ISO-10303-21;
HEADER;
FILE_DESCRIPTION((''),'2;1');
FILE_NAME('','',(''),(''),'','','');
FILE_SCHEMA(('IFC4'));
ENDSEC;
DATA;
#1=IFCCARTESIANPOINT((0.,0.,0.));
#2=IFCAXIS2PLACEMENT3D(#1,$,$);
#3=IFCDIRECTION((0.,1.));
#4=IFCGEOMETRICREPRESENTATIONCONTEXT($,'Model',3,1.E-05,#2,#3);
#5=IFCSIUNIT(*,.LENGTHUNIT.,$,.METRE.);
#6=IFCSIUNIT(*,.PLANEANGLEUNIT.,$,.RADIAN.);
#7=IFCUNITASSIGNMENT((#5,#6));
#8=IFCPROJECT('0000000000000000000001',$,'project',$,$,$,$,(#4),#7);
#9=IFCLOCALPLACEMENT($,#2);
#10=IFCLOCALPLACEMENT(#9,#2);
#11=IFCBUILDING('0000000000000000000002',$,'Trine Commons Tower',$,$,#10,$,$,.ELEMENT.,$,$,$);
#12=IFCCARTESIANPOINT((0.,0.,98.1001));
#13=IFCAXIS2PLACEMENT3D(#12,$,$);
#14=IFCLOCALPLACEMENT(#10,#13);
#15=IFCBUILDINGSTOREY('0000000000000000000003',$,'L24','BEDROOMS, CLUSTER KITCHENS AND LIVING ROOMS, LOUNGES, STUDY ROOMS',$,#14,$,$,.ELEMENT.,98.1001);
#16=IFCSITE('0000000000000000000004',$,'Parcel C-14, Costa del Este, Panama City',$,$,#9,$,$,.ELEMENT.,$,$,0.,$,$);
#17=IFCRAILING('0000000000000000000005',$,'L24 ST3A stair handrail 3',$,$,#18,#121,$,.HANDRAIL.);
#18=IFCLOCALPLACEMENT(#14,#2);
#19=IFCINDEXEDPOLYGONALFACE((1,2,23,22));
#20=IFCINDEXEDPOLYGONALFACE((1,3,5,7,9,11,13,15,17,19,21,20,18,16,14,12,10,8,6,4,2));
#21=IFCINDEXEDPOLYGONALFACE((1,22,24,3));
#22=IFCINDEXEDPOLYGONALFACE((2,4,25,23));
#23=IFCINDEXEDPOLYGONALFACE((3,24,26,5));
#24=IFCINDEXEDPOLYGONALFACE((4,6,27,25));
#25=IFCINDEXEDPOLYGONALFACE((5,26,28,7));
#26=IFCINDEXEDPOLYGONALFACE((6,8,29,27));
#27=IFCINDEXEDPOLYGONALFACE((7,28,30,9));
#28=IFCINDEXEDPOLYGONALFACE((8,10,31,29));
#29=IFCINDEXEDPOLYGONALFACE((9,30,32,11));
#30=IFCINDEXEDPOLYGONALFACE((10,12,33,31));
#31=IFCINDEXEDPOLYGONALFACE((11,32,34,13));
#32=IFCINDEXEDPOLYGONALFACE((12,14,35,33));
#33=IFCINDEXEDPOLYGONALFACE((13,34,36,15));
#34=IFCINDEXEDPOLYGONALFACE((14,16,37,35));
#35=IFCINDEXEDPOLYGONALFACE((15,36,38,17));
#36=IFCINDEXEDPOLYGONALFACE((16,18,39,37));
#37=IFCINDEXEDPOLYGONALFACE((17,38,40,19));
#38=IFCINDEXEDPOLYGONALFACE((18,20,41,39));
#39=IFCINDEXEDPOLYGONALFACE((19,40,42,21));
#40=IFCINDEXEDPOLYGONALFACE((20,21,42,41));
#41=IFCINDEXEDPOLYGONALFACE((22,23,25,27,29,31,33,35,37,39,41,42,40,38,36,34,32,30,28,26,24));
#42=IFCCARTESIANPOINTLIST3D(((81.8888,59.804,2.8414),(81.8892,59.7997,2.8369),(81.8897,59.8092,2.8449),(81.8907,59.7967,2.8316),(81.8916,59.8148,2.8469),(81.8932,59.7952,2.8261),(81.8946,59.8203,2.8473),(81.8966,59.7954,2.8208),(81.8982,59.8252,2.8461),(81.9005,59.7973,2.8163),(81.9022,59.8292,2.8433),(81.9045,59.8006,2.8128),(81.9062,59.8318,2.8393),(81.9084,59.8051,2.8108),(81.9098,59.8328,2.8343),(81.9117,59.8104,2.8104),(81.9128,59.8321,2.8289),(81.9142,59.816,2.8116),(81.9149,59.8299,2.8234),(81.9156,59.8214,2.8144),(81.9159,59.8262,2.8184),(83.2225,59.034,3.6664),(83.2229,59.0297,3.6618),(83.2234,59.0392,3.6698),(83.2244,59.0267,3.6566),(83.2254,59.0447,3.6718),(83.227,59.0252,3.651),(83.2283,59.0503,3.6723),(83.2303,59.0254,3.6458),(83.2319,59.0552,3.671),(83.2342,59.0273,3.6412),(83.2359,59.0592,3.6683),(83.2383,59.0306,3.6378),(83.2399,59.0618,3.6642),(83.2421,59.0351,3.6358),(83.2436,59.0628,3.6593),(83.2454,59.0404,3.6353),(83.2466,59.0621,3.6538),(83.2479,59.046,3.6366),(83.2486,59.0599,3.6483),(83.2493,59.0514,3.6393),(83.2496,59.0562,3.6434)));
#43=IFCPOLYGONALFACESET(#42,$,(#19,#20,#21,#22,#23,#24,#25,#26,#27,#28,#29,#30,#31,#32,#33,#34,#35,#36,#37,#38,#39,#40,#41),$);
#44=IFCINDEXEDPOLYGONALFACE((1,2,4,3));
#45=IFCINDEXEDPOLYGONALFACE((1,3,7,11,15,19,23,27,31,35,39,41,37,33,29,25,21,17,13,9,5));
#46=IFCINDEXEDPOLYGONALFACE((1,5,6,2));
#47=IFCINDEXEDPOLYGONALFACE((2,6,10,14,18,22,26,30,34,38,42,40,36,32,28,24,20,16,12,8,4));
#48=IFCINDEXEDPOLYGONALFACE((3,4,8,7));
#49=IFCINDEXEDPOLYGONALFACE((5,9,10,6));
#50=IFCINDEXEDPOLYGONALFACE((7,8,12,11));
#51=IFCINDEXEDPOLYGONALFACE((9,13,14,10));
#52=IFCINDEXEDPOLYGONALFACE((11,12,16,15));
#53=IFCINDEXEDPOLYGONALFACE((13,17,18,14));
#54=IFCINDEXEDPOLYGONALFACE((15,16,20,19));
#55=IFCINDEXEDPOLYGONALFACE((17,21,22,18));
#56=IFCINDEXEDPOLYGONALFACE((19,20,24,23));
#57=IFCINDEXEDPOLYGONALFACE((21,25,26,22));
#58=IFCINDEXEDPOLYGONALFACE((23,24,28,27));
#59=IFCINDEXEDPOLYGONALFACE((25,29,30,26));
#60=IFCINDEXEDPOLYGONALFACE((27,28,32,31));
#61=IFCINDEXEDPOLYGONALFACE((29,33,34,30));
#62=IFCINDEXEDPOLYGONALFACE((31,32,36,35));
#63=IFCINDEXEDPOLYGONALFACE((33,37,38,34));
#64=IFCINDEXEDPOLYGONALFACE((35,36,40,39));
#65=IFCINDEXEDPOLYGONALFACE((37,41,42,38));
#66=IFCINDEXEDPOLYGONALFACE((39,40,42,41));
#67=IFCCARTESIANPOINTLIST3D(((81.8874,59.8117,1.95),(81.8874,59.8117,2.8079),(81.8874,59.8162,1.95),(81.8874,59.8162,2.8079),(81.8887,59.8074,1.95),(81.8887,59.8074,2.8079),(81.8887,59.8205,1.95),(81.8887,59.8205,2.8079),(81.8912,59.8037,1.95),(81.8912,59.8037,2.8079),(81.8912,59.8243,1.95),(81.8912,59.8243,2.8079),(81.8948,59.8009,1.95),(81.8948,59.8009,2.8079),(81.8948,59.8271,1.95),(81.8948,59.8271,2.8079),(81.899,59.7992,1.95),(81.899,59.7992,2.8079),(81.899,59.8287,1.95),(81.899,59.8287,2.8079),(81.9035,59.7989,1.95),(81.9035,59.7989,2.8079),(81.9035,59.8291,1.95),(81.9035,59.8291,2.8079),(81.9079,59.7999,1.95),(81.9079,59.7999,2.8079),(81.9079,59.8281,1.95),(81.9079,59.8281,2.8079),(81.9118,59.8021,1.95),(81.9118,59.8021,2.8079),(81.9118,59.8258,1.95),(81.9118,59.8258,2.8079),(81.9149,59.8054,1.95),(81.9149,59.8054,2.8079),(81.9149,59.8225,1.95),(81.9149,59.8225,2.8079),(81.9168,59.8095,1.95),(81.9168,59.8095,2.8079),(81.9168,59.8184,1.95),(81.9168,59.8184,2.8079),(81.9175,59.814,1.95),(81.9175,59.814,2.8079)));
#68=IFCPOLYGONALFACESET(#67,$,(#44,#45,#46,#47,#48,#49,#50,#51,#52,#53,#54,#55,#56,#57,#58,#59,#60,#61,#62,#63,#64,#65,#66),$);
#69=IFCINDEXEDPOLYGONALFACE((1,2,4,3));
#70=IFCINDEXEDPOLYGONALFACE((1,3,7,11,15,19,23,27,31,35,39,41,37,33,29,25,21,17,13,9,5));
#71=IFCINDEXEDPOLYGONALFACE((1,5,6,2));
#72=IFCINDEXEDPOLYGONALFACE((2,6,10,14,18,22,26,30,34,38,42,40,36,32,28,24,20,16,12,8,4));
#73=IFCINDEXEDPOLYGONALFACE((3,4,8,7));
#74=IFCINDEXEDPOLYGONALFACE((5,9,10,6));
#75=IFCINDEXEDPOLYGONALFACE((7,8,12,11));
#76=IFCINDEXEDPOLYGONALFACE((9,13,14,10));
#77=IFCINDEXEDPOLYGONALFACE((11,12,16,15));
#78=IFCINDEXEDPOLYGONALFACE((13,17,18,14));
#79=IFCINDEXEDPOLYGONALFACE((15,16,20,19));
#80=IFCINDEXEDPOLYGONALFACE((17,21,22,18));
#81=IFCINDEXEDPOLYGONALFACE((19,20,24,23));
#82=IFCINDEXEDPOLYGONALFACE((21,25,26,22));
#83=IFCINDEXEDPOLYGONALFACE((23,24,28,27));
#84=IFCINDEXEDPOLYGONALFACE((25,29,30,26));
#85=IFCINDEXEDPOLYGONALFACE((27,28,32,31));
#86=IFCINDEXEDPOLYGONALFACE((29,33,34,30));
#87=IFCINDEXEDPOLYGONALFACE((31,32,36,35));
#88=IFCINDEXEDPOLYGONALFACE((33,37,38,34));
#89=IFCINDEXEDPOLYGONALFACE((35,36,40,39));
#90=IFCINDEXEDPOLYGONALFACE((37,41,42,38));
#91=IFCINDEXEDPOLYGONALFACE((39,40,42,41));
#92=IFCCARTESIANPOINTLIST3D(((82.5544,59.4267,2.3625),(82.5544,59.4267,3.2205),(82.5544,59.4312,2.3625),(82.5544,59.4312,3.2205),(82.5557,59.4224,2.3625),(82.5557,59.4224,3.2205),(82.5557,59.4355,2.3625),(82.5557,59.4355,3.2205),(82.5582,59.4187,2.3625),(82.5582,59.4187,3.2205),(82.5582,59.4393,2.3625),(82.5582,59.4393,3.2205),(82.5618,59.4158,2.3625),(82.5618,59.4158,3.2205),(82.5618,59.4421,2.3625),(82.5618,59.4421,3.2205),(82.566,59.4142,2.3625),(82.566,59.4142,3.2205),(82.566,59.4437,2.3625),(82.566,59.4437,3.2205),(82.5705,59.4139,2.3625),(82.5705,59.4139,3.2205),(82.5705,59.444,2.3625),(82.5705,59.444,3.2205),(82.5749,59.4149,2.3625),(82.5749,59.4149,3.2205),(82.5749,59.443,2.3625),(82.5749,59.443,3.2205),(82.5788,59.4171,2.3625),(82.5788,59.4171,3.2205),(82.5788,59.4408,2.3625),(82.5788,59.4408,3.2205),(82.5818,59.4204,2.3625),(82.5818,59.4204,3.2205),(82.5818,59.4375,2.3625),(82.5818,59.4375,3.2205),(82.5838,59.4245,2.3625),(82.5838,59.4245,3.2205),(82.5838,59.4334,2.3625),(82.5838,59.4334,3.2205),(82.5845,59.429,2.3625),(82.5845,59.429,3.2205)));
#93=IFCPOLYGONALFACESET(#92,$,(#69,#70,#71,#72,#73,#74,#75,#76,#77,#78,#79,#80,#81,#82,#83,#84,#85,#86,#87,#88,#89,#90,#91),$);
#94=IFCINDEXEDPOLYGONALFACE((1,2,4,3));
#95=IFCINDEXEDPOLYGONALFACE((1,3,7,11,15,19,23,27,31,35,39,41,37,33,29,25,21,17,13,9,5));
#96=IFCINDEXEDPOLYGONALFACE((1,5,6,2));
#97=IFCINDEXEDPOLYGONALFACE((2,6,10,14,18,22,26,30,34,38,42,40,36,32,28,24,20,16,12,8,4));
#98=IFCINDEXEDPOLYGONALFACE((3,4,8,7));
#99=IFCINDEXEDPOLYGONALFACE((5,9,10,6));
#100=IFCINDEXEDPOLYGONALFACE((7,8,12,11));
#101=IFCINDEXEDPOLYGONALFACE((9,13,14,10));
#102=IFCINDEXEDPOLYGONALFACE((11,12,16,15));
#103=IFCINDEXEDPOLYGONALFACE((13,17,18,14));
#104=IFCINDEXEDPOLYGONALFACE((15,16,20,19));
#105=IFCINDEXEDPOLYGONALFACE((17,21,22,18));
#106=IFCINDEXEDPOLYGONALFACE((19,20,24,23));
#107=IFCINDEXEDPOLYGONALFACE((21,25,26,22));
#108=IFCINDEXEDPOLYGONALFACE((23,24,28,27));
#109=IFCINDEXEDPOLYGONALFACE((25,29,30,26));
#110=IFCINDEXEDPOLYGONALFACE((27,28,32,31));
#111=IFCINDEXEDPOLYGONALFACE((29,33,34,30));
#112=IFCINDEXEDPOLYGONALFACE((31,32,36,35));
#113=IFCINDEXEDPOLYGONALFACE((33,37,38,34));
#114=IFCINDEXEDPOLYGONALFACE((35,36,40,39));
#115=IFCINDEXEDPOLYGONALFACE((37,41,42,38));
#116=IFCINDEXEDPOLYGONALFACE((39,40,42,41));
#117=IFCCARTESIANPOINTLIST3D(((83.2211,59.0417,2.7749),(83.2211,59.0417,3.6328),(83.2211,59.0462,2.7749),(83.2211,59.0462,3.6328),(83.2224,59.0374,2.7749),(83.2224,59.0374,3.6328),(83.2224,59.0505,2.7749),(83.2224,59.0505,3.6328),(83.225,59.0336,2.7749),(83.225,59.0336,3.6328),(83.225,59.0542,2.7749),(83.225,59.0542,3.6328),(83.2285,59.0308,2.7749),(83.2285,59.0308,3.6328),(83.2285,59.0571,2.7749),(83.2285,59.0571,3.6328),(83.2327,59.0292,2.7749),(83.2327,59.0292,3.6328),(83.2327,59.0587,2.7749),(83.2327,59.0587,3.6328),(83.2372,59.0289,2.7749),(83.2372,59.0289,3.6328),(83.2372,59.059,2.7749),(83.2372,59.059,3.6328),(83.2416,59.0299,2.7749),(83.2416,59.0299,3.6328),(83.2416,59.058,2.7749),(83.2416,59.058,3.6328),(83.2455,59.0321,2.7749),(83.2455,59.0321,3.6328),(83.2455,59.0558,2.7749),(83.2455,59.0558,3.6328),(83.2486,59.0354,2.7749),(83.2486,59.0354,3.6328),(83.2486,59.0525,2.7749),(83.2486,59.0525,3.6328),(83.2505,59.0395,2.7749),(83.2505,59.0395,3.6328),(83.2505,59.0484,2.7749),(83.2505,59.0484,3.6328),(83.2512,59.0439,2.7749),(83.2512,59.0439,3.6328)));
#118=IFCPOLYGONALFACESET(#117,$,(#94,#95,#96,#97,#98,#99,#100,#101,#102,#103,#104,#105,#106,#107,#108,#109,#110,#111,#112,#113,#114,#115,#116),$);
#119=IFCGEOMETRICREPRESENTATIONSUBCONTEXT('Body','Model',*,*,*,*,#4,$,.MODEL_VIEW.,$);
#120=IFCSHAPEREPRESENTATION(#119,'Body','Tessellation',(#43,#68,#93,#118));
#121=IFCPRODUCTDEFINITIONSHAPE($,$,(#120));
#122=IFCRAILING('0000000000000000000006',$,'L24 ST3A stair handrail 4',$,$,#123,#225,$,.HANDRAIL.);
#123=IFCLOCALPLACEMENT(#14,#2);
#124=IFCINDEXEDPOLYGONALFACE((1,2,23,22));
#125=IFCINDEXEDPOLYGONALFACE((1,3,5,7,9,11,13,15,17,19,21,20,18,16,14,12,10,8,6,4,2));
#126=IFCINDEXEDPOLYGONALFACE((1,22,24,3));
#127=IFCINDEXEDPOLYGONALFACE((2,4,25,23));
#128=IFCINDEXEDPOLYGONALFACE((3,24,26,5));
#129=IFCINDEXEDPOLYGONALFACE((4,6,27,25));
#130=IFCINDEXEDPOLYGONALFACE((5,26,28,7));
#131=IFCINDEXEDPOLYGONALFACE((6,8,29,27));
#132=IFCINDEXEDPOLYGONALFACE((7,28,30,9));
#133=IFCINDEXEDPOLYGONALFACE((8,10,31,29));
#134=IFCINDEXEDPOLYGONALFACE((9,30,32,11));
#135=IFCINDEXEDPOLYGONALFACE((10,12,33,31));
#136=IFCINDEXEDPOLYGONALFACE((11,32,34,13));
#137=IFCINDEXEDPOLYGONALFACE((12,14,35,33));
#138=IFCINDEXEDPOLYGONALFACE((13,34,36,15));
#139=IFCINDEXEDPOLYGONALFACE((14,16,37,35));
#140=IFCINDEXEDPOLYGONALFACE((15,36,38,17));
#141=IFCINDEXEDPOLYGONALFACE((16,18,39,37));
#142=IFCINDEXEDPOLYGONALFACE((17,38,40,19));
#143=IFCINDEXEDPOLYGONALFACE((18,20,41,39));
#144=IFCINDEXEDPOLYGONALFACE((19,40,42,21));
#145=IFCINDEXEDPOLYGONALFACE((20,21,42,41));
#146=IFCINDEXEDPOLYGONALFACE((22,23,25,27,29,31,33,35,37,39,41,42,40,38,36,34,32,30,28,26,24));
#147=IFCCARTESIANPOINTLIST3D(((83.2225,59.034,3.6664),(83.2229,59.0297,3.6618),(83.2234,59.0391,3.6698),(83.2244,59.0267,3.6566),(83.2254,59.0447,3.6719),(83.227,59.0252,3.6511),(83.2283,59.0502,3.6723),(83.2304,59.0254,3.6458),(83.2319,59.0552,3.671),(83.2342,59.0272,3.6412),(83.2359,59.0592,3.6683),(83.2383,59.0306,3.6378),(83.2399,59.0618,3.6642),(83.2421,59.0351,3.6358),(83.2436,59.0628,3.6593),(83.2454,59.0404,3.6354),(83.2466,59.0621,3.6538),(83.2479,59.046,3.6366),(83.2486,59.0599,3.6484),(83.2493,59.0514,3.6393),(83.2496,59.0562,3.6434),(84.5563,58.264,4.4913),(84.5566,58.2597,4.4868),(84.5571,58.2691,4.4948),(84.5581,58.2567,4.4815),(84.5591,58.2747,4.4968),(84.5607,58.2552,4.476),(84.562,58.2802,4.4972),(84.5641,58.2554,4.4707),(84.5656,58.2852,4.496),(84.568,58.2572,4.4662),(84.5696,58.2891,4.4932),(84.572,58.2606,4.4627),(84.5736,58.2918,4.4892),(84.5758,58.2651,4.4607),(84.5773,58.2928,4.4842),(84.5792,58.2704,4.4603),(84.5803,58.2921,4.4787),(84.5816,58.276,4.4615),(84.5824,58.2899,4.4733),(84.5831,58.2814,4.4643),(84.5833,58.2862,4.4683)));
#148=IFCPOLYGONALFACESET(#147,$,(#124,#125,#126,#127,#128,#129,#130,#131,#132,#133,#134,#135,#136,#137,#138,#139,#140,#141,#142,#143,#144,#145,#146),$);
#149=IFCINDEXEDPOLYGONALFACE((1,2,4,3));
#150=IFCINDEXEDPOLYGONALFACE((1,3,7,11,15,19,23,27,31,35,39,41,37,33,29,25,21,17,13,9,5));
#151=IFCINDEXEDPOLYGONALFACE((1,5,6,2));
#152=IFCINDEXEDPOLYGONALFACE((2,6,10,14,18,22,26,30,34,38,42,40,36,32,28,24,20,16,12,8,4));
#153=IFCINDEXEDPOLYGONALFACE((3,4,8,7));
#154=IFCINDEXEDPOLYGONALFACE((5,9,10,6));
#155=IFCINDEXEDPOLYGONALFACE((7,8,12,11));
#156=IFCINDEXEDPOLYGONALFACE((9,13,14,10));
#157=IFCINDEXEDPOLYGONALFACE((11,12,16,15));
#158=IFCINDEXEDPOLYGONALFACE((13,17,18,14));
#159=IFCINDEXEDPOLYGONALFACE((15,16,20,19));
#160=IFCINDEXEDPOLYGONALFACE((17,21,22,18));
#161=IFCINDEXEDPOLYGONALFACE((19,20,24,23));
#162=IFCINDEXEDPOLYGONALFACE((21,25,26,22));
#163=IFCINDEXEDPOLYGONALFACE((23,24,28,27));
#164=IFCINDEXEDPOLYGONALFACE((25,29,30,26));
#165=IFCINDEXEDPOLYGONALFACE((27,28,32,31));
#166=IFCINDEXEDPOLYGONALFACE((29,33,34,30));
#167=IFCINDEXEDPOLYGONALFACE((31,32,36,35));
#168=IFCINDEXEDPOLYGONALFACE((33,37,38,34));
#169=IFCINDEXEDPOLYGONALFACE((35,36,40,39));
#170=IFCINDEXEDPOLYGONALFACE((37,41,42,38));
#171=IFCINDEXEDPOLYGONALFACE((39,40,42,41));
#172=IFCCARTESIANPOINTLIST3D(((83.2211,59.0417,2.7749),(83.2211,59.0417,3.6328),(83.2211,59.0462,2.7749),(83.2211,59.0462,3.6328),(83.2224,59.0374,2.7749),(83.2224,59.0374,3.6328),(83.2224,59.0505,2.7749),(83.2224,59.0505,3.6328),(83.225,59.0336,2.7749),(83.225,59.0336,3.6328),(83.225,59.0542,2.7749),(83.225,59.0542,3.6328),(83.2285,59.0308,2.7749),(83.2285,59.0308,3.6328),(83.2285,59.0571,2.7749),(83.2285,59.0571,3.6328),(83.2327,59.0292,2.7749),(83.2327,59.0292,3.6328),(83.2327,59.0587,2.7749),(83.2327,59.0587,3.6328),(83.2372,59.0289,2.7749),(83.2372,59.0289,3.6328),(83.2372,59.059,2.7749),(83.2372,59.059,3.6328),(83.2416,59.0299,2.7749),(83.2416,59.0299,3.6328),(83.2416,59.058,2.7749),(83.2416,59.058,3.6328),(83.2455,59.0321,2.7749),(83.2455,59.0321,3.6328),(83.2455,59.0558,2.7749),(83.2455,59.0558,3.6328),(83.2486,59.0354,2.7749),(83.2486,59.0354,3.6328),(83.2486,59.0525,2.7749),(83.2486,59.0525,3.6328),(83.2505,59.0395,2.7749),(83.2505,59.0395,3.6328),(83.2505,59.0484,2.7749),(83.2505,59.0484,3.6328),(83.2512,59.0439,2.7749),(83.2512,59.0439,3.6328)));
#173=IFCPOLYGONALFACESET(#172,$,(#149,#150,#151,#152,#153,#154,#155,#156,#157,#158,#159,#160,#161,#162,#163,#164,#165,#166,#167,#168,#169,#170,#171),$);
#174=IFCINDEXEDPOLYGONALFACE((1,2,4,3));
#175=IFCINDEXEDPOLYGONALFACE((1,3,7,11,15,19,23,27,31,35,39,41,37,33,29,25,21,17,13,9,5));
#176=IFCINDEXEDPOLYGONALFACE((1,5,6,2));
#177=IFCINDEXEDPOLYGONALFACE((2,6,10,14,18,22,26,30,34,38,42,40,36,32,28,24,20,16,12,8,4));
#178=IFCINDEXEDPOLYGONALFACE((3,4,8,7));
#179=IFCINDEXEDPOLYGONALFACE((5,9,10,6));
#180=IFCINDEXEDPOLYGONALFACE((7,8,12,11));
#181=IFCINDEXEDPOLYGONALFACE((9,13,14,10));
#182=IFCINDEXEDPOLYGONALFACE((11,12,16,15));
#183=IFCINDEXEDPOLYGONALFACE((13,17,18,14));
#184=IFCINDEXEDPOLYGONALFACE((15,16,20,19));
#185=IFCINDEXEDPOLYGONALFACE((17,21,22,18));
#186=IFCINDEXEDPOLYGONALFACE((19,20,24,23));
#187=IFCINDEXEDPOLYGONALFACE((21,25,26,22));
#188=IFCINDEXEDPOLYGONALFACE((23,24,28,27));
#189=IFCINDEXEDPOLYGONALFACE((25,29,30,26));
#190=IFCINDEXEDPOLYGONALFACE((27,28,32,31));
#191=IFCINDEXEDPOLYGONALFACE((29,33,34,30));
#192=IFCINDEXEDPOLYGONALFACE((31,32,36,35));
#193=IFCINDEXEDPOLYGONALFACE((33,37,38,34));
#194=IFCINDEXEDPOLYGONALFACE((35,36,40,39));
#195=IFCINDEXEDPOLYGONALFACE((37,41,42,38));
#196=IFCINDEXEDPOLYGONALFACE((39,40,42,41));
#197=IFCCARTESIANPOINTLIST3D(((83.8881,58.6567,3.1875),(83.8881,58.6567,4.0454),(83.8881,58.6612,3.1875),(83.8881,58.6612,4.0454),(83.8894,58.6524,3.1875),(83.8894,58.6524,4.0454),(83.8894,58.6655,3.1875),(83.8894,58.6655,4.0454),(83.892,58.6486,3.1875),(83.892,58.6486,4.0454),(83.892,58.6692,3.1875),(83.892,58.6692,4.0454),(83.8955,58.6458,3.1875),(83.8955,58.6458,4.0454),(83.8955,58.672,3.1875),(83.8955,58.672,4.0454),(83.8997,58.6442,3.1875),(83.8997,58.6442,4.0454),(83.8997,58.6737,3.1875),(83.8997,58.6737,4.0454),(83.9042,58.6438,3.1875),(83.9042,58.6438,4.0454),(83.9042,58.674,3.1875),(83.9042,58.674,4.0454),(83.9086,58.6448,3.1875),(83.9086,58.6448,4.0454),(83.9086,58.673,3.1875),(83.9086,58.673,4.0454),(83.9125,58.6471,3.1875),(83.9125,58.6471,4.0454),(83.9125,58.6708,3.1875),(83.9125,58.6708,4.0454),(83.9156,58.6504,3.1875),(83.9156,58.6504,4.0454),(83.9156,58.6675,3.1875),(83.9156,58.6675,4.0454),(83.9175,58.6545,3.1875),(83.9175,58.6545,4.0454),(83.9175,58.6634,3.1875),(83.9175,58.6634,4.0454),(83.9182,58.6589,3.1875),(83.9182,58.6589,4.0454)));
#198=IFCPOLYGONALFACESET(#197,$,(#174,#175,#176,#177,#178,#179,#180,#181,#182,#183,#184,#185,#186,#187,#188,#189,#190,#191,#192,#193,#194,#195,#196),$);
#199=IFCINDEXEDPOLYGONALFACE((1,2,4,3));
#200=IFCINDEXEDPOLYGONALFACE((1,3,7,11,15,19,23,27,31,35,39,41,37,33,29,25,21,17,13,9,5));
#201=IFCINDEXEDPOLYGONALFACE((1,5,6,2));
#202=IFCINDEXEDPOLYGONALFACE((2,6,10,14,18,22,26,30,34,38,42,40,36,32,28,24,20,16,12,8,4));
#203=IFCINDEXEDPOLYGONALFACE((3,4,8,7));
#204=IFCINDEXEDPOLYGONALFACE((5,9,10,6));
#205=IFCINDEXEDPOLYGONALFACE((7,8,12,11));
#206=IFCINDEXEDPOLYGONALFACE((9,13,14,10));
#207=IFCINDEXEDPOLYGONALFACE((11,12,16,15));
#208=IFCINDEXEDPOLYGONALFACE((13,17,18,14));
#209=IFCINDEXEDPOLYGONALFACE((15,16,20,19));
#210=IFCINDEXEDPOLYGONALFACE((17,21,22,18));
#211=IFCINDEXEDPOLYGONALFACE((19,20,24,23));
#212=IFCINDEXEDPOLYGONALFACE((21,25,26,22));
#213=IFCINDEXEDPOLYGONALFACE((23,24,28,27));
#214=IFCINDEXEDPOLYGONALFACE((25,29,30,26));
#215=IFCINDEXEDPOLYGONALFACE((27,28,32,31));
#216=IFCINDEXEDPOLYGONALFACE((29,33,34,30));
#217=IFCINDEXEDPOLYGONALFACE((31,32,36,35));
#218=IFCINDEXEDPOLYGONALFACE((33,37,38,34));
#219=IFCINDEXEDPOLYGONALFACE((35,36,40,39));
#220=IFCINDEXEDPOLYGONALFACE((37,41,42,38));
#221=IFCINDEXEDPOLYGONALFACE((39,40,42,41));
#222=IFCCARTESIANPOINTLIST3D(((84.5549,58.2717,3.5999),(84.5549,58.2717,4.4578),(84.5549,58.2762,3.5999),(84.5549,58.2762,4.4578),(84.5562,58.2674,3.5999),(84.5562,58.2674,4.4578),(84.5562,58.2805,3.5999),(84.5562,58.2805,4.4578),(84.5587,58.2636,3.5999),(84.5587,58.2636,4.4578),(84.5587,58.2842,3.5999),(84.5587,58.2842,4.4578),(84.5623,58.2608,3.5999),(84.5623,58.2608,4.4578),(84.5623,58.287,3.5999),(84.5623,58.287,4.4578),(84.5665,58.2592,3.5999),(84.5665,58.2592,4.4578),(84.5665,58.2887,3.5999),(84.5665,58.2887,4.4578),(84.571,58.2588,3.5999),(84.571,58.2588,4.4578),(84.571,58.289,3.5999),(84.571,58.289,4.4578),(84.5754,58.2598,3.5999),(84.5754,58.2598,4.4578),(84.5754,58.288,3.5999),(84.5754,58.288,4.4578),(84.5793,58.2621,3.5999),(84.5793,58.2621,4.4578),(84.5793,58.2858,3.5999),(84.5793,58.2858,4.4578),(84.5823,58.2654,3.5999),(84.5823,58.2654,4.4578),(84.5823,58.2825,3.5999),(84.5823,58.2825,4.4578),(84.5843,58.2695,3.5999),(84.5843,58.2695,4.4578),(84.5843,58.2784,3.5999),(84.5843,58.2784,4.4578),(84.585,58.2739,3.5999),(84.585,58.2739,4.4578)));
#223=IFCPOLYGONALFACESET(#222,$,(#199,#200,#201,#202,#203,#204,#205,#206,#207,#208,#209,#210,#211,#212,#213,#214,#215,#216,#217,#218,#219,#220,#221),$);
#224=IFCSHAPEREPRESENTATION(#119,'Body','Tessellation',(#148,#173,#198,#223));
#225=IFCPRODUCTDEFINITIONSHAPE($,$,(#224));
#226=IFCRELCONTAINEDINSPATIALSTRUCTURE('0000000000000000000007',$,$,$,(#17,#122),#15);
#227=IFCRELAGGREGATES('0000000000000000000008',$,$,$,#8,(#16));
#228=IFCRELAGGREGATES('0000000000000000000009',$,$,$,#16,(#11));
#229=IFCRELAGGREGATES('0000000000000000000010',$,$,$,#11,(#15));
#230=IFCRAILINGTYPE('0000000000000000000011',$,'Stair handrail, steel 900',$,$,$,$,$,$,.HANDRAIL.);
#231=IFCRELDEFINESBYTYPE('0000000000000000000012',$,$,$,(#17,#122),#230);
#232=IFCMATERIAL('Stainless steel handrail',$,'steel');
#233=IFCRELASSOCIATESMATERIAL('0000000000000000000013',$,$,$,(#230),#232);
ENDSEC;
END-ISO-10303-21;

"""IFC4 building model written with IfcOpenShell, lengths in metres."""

from ifc_helpers import new_model, si_unit, direction, frame, origin, origin_2d, place, context, subcontext, project, spatial, circle, extrude, material, type_object, element, save


model = new_model("IFC4")

# Units and contexts
model_context = context("Model", 3, precision=1e-05, world=origin(), true_north=direction((0.0, 1.0)))
body_context = subcontext(model_context, "Body", "Model", "MODEL_VIEW")
ifc_project = project(units=[si_unit("LENGTHUNIT", "METRE"), si_unit("PLANEANGLEUNIT", "RADIAN")], contexts=[model_context])

# Site, building, storey
site_placement = place(None, origin())
site = spatial("IfcSite", under=ifc_project, at=site_placement, Name="Parcel C-14, Costa del Este, Panama City", CompositionType="ELEMENT", RefElevation=0.0)
building_placement = place(site_placement, origin())
building = spatial("IfcBuilding", under=site, at=building_placement, Name="Trine Commons Tower", CompositionType="ELEMENT")
storey_placement = place(building_placement, frame((0.0, 0.0, 98.1001)))
storey = spatial("IfcBuildingStorey", under=building, at=storey_placement, Name="L24", Description="BEDROOMS, CLUSTER KITCHENS AND LIVING ROOMS, LOUNGES, STUDY ROOMS", CompositionType="ELEMENT", Elevation=98.1001)

# Railings
ifc_material_1 = material(Name="Stainless steel handrail", Category="steel")
railing_type_1 = type_object("IfcRailingType", Name="Stair handrail, steel 900", PredefinedType="HANDRAIL", material=ifc_material_1)
for number, where, name in (
    (1, (81.9023, 59.814, 1.95), "L24 ST3A stair handrail 3"),
    (2, (83.2361, 59.0439, 2.7749), "L24 ST3A stair handrail 4"),
):
    element("IfcRailing", number, at=place(storey_placement, frame(where)), inside=storey, type_object=railing_type_1, Name=name, PredefinedType="HANDRAIL", context=body_context, shape_type="SweptSolid", body=[
        extrude(circle(Radius=0.021, at=origin_2d()), frame((0.0, 0.0, 0.8789), z_axis=(0.763405, -0.440743, 0.472185), x_axis=(0.499992, 0.86603, 0.0)), (0.0, 0.0, 1.0), 1.7471),
        extrude(circle(Radius=0.0151, at=origin_2d()), origin(), (0.0, 0.0, 1.0), 0.8579),
        extrude(circle(Radius=0.0151, at=origin_2d()), frame((0.667, -0.385, 0.4126)), (0.0, 0.0, 1.0), 0.8579),
        extrude(circle(Radius=0.0151, at=origin_2d()), frame((1.3337, -0.77, 0.825)), (0.0, 0.0, 1.0), 0.8579),
    ])

save(model, "model.ifc")
